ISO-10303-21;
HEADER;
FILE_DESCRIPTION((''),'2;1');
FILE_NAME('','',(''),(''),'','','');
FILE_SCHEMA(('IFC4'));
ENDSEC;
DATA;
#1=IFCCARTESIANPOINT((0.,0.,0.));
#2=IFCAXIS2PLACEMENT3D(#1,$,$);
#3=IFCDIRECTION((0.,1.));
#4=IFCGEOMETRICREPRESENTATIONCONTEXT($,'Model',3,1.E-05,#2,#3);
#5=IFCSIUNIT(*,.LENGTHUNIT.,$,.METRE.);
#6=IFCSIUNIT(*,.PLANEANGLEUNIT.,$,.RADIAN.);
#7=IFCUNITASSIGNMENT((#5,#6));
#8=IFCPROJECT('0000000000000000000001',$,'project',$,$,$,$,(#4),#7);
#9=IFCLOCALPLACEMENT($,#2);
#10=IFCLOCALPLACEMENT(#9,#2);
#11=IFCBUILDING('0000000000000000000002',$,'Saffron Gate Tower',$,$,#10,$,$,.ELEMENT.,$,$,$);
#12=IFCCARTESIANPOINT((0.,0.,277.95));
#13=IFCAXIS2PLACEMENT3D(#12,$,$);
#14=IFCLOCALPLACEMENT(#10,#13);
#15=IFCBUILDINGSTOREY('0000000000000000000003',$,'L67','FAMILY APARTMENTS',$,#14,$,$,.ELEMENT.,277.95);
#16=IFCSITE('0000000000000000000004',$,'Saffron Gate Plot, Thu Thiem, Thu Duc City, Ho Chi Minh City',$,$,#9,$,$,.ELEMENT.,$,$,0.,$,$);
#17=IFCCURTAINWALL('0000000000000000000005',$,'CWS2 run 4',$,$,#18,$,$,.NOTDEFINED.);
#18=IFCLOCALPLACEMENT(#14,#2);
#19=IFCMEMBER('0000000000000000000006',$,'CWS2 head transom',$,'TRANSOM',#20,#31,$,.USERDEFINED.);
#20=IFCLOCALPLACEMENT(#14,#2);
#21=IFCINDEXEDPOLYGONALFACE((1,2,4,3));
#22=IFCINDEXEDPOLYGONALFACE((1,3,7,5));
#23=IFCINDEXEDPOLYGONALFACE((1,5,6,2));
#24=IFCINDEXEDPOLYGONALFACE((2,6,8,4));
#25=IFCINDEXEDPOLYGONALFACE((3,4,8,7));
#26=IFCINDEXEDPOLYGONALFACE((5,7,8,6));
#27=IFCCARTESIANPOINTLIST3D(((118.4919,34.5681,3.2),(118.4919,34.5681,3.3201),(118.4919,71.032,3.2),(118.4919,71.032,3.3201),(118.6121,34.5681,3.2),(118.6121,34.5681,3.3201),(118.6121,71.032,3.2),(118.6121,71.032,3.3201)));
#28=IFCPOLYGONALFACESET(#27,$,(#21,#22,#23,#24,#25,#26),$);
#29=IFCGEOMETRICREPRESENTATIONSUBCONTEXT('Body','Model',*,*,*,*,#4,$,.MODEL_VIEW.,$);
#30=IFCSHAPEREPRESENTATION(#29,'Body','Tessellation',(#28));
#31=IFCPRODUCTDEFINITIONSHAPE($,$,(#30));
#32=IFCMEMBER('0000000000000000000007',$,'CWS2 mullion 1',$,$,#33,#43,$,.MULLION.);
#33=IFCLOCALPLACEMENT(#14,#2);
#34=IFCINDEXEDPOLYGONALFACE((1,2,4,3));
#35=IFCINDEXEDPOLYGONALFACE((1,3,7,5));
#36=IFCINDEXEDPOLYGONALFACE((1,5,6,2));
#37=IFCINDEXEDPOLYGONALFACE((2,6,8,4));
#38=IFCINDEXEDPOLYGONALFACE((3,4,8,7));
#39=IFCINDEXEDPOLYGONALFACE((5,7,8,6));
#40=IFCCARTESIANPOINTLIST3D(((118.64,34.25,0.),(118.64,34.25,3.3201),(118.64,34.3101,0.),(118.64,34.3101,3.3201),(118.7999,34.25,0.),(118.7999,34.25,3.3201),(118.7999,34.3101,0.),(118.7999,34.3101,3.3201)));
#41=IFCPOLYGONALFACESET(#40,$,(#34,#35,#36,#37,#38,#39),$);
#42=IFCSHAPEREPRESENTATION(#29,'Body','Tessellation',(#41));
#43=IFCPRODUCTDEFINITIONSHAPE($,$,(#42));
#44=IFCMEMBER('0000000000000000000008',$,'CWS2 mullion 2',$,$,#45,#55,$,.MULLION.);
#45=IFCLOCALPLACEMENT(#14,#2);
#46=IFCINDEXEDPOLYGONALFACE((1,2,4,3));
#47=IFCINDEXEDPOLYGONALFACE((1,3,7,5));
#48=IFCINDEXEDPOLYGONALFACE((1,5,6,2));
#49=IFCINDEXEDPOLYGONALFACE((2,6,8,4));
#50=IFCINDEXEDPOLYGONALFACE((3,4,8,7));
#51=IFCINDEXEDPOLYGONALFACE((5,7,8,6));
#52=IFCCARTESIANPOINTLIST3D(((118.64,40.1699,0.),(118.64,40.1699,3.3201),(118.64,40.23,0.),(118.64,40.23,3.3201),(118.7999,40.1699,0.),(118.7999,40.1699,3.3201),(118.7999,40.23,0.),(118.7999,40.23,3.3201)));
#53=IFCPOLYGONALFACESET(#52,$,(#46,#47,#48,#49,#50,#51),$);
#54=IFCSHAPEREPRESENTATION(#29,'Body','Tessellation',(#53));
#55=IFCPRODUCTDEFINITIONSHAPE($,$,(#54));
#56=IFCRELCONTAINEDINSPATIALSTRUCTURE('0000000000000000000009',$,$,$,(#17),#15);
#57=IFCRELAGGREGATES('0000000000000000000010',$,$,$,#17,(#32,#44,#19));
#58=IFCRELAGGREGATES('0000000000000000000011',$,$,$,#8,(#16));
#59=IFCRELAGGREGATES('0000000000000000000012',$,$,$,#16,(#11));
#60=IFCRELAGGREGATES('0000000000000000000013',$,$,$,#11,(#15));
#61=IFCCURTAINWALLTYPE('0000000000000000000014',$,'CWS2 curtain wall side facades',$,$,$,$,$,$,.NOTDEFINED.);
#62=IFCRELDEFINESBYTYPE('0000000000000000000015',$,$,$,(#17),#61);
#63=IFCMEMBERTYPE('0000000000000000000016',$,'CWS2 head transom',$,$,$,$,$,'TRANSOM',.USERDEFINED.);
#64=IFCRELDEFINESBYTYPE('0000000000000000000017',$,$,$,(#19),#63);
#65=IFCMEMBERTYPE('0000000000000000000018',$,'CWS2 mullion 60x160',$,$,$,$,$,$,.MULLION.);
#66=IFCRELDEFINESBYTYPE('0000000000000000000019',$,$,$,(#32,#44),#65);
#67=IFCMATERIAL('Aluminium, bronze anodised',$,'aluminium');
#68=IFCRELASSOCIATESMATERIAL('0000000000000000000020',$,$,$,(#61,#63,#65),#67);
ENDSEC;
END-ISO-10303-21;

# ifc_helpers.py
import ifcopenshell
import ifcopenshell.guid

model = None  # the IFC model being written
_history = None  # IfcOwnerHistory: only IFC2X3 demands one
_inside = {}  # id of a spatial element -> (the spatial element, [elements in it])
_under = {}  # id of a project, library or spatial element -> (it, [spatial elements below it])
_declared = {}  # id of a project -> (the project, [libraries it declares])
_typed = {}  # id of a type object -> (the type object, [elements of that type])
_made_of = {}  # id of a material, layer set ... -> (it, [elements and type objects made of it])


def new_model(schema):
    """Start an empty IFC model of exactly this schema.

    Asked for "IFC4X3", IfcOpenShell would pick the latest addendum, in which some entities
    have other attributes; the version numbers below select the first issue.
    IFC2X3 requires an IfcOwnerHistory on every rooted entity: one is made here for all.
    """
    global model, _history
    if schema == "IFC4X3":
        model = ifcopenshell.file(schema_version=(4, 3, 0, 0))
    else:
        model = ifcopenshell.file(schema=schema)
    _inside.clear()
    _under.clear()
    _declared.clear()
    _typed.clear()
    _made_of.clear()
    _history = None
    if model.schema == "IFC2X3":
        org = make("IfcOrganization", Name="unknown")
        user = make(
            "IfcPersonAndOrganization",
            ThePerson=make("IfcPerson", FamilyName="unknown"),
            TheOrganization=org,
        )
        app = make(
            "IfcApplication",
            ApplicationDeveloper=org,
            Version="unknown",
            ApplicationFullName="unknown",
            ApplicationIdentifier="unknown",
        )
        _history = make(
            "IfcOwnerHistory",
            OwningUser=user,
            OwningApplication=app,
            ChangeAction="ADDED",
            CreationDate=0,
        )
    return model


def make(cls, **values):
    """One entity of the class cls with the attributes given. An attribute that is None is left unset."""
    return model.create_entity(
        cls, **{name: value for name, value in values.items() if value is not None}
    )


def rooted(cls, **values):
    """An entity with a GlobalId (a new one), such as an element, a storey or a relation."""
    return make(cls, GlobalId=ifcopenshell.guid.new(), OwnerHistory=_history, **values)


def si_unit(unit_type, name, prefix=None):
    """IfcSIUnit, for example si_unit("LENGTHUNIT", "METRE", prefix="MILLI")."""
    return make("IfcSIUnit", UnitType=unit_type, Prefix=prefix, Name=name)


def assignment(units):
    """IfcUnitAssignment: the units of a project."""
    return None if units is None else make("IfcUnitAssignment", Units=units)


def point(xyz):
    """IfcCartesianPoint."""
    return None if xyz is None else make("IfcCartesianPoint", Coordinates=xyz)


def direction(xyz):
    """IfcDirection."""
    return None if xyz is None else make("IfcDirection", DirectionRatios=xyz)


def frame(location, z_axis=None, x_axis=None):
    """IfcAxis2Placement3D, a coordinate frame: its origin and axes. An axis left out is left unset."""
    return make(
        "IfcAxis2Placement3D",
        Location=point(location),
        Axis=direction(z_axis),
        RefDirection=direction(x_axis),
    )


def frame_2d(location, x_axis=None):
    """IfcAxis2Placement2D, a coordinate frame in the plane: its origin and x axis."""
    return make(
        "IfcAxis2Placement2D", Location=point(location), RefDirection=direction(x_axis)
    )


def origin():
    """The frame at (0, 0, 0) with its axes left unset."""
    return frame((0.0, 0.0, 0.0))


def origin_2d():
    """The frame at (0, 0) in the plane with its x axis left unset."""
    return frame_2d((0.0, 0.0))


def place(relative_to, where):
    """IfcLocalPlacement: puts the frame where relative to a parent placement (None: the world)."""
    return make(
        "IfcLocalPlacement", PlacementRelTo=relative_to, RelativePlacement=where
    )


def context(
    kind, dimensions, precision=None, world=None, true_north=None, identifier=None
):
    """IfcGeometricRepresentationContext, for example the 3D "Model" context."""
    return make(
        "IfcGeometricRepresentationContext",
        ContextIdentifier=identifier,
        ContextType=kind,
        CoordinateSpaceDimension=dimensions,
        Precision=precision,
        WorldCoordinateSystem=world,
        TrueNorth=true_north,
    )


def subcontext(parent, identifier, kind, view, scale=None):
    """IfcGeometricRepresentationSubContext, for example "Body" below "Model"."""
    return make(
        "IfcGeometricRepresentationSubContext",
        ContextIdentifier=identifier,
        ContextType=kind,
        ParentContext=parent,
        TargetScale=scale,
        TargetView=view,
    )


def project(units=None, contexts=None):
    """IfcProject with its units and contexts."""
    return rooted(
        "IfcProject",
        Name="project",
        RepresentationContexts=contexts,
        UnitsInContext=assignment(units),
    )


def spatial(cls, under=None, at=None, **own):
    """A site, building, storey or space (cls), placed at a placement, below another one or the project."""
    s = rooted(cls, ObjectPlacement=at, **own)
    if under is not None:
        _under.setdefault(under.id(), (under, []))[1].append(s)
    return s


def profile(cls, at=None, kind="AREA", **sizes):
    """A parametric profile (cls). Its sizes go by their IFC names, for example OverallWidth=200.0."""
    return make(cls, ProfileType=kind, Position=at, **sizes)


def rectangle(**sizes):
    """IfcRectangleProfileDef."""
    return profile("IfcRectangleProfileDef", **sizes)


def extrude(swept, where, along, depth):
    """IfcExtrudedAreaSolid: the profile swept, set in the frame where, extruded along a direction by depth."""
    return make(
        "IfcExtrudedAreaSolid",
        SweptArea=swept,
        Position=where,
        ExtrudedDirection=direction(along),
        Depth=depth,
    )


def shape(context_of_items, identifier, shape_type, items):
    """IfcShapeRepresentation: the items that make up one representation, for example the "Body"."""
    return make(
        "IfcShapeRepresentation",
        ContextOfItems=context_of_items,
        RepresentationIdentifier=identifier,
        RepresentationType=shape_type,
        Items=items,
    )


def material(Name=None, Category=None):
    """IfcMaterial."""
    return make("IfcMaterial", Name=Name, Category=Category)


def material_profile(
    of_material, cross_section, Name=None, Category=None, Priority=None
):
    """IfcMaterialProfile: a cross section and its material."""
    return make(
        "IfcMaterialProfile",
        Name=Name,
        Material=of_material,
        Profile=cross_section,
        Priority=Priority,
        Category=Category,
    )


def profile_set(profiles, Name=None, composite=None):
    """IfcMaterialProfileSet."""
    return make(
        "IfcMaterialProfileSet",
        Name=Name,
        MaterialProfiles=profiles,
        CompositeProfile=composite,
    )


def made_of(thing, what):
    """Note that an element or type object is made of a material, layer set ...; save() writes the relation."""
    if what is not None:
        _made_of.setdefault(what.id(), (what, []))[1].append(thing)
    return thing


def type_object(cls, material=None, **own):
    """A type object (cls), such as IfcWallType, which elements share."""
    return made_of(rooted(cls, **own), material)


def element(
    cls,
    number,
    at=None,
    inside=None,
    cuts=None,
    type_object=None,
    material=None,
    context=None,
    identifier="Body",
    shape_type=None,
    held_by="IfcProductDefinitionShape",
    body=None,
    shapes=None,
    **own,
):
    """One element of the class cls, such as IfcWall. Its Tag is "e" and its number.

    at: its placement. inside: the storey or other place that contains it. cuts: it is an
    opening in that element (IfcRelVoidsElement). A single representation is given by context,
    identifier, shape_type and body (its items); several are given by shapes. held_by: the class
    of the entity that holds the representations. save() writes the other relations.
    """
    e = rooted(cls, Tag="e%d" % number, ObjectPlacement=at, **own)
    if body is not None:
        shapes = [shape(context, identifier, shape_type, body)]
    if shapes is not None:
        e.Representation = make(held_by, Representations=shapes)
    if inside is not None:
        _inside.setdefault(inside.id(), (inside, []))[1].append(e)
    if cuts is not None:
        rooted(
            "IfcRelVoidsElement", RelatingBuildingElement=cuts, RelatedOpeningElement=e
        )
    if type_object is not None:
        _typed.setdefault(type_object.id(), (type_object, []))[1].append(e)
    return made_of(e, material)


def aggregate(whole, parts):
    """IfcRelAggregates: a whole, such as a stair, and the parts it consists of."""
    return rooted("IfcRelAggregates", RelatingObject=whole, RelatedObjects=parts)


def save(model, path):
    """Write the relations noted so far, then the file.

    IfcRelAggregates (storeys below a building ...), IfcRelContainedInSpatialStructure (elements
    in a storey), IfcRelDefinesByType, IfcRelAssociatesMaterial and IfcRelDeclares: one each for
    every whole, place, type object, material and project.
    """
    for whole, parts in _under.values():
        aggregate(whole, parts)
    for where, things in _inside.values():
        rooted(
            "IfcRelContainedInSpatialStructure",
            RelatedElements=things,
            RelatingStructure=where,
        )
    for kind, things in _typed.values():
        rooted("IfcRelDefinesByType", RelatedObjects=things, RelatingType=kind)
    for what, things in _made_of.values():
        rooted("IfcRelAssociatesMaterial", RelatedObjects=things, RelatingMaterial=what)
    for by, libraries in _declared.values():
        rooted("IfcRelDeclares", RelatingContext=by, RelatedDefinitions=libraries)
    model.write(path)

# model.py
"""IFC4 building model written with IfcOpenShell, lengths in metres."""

from ifc_helpers import new_model, si_unit, direction, frame, origin, origin_2d, place, context, subcontext, project, spatial, rectangle, extrude, material, material_profile, profile_set, type_object, element, aggregate, save


model = new_model("IFC4")

# Units and contexts
model_context = context("Model", 3, precision=1e-05, world=origin(), true_north=direction((0.0, 1.0)))
body_context = subcontext(model_context, "Body", "Model", "MODEL_VIEW")
ifc_project = project(units=[si_unit("LENGTHUNIT", "METRE"), si_unit("PLANEANGLEUNIT", "RADIAN")], contexts=[model_context])

# Site, building, storey
site_placement = place(None, origin())
site = spatial("IfcSite", under=ifc_project, at=site_placement, Name="Saffron Gate Plot, Thu Thiem, Thu Duc City, Ho Chi Minh City", CompositionType="ELEMENT", RefElevation=0.0)
building_placement = place(site_placement, origin())
building = spatial("IfcBuilding", under=site, at=building_placement, Name="Saffron Gate Tower", CompositionType="ELEMENT")
storey_placement = place(building_placement, frame((0.0, 0.0, 277.95)))
storey = spatial("IfcBuildingStorey", under=building, at=storey_placement, Name="L67", Description="FAMILY APARTMENTS", CompositionType="ELEMENT", Elevation=277.95)

# Curtain wall, members
ifc_material_1 = material(Name="Aluminium, bronze anodised", Category="aluminium")
curtain_wall_type = type_object("IfcCurtainWallType", Name="CWS2 curtain wall side facades", PredefinedType="NOTDEFINED", material=ifc_material_1)
curtain_wall_placement = place(storey_placement, origin())
curtain_wall = element("IfcCurtainWall", 1, at=curtain_wall_placement, inside=storey, type_object=curtain_wall_type, Name="CWS2 run 4", PredefinedType="NOTDEFINED")
ifc_material_profile_1 = material_profile(ifc_material_1, rectangle(XDim=0.1201, YDim=0.1201, at=origin_2d()))
ifc_profile_set_1 = profile_set([ifc_material_profile_1], Name="Aluminium, bronze anodised")
member_type_1 = type_object("IfcMemberType", Name="CWS2 head transom", ElementType="TRANSOM", PredefinedType="USERDEFINED", material=ifc_profile_set_1)
member_1_placement = place(storey_placement, frame((118.552, 34.5681, 3.26), z_axis=(0.0, 1.0, 0.0), x_axis=(-1.0, 0.0, 0.0)))
member_1 = element("IfcMember", 2, at=member_1_placement, type_object=member_type_1, Name="CWS2 head transom", ObjectType="TRANSOM", PredefinedType="USERDEFINED", context=body_context, shape_type="SweptSolid", body=[
    extrude(rectangle(XDim=0.1201, YDim=0.1201, at=origin_2d()), origin(), (0.0, 0.0, 1.0), 36.4639),
])
ifc_material_profile_2 = material_profile(ifc_material_1, rectangle(XDim=0.1599, YDim=0.0601, at=origin_2d()))
ifc_profile_set_2 = profile_set([ifc_material_profile_2], Name="Aluminium, bronze anodised")
member_type_2 = type_object("IfcMemberType", Name="CWS2 mullion 60x160", PredefinedType="MULLION", material=ifc_profile_set_2)
member_2_placement = place(storey_placement, frame((118.72, 34.28, 0.0), z_axis=(0.0, 0.0, 1.0), x_axis=(-1.0, 0.0, 0.0)))
member_2 = element("IfcMember", 3, at=member_2_placement, type_object=member_type_2, Name="CWS2 mullion 1", PredefinedType="MULLION", context=body_context, shape_type="SweptSolid", body=[
    extrude(rectangle(XDim=0.1599, YDim=0.0601, at=origin_2d()), origin(), (0.0, 0.0, 1.0), 3.3201),
])
member_3_placement = place(storey_placement, frame((118.72, 40.2, 0.0), z_axis=(0.0, 0.0, 1.0), x_axis=(-1.0, 0.0, 0.0)))
member_3 = element("IfcMember", 4, at=member_3_placement, type_object=member_type_2, Name="CWS2 mullion 2", PredefinedType="MULLION", context=body_context, shape_type="SweptSolid", body=[
    extrude(rectangle(XDim=0.1599, YDim=0.0601, at=origin_2d()), origin(), (0.0, 0.0, 1.0), 3.3201),
])
aggregate(curtain_wall, [member_2, member_3, member_1])

save(model, "model.ifc")
